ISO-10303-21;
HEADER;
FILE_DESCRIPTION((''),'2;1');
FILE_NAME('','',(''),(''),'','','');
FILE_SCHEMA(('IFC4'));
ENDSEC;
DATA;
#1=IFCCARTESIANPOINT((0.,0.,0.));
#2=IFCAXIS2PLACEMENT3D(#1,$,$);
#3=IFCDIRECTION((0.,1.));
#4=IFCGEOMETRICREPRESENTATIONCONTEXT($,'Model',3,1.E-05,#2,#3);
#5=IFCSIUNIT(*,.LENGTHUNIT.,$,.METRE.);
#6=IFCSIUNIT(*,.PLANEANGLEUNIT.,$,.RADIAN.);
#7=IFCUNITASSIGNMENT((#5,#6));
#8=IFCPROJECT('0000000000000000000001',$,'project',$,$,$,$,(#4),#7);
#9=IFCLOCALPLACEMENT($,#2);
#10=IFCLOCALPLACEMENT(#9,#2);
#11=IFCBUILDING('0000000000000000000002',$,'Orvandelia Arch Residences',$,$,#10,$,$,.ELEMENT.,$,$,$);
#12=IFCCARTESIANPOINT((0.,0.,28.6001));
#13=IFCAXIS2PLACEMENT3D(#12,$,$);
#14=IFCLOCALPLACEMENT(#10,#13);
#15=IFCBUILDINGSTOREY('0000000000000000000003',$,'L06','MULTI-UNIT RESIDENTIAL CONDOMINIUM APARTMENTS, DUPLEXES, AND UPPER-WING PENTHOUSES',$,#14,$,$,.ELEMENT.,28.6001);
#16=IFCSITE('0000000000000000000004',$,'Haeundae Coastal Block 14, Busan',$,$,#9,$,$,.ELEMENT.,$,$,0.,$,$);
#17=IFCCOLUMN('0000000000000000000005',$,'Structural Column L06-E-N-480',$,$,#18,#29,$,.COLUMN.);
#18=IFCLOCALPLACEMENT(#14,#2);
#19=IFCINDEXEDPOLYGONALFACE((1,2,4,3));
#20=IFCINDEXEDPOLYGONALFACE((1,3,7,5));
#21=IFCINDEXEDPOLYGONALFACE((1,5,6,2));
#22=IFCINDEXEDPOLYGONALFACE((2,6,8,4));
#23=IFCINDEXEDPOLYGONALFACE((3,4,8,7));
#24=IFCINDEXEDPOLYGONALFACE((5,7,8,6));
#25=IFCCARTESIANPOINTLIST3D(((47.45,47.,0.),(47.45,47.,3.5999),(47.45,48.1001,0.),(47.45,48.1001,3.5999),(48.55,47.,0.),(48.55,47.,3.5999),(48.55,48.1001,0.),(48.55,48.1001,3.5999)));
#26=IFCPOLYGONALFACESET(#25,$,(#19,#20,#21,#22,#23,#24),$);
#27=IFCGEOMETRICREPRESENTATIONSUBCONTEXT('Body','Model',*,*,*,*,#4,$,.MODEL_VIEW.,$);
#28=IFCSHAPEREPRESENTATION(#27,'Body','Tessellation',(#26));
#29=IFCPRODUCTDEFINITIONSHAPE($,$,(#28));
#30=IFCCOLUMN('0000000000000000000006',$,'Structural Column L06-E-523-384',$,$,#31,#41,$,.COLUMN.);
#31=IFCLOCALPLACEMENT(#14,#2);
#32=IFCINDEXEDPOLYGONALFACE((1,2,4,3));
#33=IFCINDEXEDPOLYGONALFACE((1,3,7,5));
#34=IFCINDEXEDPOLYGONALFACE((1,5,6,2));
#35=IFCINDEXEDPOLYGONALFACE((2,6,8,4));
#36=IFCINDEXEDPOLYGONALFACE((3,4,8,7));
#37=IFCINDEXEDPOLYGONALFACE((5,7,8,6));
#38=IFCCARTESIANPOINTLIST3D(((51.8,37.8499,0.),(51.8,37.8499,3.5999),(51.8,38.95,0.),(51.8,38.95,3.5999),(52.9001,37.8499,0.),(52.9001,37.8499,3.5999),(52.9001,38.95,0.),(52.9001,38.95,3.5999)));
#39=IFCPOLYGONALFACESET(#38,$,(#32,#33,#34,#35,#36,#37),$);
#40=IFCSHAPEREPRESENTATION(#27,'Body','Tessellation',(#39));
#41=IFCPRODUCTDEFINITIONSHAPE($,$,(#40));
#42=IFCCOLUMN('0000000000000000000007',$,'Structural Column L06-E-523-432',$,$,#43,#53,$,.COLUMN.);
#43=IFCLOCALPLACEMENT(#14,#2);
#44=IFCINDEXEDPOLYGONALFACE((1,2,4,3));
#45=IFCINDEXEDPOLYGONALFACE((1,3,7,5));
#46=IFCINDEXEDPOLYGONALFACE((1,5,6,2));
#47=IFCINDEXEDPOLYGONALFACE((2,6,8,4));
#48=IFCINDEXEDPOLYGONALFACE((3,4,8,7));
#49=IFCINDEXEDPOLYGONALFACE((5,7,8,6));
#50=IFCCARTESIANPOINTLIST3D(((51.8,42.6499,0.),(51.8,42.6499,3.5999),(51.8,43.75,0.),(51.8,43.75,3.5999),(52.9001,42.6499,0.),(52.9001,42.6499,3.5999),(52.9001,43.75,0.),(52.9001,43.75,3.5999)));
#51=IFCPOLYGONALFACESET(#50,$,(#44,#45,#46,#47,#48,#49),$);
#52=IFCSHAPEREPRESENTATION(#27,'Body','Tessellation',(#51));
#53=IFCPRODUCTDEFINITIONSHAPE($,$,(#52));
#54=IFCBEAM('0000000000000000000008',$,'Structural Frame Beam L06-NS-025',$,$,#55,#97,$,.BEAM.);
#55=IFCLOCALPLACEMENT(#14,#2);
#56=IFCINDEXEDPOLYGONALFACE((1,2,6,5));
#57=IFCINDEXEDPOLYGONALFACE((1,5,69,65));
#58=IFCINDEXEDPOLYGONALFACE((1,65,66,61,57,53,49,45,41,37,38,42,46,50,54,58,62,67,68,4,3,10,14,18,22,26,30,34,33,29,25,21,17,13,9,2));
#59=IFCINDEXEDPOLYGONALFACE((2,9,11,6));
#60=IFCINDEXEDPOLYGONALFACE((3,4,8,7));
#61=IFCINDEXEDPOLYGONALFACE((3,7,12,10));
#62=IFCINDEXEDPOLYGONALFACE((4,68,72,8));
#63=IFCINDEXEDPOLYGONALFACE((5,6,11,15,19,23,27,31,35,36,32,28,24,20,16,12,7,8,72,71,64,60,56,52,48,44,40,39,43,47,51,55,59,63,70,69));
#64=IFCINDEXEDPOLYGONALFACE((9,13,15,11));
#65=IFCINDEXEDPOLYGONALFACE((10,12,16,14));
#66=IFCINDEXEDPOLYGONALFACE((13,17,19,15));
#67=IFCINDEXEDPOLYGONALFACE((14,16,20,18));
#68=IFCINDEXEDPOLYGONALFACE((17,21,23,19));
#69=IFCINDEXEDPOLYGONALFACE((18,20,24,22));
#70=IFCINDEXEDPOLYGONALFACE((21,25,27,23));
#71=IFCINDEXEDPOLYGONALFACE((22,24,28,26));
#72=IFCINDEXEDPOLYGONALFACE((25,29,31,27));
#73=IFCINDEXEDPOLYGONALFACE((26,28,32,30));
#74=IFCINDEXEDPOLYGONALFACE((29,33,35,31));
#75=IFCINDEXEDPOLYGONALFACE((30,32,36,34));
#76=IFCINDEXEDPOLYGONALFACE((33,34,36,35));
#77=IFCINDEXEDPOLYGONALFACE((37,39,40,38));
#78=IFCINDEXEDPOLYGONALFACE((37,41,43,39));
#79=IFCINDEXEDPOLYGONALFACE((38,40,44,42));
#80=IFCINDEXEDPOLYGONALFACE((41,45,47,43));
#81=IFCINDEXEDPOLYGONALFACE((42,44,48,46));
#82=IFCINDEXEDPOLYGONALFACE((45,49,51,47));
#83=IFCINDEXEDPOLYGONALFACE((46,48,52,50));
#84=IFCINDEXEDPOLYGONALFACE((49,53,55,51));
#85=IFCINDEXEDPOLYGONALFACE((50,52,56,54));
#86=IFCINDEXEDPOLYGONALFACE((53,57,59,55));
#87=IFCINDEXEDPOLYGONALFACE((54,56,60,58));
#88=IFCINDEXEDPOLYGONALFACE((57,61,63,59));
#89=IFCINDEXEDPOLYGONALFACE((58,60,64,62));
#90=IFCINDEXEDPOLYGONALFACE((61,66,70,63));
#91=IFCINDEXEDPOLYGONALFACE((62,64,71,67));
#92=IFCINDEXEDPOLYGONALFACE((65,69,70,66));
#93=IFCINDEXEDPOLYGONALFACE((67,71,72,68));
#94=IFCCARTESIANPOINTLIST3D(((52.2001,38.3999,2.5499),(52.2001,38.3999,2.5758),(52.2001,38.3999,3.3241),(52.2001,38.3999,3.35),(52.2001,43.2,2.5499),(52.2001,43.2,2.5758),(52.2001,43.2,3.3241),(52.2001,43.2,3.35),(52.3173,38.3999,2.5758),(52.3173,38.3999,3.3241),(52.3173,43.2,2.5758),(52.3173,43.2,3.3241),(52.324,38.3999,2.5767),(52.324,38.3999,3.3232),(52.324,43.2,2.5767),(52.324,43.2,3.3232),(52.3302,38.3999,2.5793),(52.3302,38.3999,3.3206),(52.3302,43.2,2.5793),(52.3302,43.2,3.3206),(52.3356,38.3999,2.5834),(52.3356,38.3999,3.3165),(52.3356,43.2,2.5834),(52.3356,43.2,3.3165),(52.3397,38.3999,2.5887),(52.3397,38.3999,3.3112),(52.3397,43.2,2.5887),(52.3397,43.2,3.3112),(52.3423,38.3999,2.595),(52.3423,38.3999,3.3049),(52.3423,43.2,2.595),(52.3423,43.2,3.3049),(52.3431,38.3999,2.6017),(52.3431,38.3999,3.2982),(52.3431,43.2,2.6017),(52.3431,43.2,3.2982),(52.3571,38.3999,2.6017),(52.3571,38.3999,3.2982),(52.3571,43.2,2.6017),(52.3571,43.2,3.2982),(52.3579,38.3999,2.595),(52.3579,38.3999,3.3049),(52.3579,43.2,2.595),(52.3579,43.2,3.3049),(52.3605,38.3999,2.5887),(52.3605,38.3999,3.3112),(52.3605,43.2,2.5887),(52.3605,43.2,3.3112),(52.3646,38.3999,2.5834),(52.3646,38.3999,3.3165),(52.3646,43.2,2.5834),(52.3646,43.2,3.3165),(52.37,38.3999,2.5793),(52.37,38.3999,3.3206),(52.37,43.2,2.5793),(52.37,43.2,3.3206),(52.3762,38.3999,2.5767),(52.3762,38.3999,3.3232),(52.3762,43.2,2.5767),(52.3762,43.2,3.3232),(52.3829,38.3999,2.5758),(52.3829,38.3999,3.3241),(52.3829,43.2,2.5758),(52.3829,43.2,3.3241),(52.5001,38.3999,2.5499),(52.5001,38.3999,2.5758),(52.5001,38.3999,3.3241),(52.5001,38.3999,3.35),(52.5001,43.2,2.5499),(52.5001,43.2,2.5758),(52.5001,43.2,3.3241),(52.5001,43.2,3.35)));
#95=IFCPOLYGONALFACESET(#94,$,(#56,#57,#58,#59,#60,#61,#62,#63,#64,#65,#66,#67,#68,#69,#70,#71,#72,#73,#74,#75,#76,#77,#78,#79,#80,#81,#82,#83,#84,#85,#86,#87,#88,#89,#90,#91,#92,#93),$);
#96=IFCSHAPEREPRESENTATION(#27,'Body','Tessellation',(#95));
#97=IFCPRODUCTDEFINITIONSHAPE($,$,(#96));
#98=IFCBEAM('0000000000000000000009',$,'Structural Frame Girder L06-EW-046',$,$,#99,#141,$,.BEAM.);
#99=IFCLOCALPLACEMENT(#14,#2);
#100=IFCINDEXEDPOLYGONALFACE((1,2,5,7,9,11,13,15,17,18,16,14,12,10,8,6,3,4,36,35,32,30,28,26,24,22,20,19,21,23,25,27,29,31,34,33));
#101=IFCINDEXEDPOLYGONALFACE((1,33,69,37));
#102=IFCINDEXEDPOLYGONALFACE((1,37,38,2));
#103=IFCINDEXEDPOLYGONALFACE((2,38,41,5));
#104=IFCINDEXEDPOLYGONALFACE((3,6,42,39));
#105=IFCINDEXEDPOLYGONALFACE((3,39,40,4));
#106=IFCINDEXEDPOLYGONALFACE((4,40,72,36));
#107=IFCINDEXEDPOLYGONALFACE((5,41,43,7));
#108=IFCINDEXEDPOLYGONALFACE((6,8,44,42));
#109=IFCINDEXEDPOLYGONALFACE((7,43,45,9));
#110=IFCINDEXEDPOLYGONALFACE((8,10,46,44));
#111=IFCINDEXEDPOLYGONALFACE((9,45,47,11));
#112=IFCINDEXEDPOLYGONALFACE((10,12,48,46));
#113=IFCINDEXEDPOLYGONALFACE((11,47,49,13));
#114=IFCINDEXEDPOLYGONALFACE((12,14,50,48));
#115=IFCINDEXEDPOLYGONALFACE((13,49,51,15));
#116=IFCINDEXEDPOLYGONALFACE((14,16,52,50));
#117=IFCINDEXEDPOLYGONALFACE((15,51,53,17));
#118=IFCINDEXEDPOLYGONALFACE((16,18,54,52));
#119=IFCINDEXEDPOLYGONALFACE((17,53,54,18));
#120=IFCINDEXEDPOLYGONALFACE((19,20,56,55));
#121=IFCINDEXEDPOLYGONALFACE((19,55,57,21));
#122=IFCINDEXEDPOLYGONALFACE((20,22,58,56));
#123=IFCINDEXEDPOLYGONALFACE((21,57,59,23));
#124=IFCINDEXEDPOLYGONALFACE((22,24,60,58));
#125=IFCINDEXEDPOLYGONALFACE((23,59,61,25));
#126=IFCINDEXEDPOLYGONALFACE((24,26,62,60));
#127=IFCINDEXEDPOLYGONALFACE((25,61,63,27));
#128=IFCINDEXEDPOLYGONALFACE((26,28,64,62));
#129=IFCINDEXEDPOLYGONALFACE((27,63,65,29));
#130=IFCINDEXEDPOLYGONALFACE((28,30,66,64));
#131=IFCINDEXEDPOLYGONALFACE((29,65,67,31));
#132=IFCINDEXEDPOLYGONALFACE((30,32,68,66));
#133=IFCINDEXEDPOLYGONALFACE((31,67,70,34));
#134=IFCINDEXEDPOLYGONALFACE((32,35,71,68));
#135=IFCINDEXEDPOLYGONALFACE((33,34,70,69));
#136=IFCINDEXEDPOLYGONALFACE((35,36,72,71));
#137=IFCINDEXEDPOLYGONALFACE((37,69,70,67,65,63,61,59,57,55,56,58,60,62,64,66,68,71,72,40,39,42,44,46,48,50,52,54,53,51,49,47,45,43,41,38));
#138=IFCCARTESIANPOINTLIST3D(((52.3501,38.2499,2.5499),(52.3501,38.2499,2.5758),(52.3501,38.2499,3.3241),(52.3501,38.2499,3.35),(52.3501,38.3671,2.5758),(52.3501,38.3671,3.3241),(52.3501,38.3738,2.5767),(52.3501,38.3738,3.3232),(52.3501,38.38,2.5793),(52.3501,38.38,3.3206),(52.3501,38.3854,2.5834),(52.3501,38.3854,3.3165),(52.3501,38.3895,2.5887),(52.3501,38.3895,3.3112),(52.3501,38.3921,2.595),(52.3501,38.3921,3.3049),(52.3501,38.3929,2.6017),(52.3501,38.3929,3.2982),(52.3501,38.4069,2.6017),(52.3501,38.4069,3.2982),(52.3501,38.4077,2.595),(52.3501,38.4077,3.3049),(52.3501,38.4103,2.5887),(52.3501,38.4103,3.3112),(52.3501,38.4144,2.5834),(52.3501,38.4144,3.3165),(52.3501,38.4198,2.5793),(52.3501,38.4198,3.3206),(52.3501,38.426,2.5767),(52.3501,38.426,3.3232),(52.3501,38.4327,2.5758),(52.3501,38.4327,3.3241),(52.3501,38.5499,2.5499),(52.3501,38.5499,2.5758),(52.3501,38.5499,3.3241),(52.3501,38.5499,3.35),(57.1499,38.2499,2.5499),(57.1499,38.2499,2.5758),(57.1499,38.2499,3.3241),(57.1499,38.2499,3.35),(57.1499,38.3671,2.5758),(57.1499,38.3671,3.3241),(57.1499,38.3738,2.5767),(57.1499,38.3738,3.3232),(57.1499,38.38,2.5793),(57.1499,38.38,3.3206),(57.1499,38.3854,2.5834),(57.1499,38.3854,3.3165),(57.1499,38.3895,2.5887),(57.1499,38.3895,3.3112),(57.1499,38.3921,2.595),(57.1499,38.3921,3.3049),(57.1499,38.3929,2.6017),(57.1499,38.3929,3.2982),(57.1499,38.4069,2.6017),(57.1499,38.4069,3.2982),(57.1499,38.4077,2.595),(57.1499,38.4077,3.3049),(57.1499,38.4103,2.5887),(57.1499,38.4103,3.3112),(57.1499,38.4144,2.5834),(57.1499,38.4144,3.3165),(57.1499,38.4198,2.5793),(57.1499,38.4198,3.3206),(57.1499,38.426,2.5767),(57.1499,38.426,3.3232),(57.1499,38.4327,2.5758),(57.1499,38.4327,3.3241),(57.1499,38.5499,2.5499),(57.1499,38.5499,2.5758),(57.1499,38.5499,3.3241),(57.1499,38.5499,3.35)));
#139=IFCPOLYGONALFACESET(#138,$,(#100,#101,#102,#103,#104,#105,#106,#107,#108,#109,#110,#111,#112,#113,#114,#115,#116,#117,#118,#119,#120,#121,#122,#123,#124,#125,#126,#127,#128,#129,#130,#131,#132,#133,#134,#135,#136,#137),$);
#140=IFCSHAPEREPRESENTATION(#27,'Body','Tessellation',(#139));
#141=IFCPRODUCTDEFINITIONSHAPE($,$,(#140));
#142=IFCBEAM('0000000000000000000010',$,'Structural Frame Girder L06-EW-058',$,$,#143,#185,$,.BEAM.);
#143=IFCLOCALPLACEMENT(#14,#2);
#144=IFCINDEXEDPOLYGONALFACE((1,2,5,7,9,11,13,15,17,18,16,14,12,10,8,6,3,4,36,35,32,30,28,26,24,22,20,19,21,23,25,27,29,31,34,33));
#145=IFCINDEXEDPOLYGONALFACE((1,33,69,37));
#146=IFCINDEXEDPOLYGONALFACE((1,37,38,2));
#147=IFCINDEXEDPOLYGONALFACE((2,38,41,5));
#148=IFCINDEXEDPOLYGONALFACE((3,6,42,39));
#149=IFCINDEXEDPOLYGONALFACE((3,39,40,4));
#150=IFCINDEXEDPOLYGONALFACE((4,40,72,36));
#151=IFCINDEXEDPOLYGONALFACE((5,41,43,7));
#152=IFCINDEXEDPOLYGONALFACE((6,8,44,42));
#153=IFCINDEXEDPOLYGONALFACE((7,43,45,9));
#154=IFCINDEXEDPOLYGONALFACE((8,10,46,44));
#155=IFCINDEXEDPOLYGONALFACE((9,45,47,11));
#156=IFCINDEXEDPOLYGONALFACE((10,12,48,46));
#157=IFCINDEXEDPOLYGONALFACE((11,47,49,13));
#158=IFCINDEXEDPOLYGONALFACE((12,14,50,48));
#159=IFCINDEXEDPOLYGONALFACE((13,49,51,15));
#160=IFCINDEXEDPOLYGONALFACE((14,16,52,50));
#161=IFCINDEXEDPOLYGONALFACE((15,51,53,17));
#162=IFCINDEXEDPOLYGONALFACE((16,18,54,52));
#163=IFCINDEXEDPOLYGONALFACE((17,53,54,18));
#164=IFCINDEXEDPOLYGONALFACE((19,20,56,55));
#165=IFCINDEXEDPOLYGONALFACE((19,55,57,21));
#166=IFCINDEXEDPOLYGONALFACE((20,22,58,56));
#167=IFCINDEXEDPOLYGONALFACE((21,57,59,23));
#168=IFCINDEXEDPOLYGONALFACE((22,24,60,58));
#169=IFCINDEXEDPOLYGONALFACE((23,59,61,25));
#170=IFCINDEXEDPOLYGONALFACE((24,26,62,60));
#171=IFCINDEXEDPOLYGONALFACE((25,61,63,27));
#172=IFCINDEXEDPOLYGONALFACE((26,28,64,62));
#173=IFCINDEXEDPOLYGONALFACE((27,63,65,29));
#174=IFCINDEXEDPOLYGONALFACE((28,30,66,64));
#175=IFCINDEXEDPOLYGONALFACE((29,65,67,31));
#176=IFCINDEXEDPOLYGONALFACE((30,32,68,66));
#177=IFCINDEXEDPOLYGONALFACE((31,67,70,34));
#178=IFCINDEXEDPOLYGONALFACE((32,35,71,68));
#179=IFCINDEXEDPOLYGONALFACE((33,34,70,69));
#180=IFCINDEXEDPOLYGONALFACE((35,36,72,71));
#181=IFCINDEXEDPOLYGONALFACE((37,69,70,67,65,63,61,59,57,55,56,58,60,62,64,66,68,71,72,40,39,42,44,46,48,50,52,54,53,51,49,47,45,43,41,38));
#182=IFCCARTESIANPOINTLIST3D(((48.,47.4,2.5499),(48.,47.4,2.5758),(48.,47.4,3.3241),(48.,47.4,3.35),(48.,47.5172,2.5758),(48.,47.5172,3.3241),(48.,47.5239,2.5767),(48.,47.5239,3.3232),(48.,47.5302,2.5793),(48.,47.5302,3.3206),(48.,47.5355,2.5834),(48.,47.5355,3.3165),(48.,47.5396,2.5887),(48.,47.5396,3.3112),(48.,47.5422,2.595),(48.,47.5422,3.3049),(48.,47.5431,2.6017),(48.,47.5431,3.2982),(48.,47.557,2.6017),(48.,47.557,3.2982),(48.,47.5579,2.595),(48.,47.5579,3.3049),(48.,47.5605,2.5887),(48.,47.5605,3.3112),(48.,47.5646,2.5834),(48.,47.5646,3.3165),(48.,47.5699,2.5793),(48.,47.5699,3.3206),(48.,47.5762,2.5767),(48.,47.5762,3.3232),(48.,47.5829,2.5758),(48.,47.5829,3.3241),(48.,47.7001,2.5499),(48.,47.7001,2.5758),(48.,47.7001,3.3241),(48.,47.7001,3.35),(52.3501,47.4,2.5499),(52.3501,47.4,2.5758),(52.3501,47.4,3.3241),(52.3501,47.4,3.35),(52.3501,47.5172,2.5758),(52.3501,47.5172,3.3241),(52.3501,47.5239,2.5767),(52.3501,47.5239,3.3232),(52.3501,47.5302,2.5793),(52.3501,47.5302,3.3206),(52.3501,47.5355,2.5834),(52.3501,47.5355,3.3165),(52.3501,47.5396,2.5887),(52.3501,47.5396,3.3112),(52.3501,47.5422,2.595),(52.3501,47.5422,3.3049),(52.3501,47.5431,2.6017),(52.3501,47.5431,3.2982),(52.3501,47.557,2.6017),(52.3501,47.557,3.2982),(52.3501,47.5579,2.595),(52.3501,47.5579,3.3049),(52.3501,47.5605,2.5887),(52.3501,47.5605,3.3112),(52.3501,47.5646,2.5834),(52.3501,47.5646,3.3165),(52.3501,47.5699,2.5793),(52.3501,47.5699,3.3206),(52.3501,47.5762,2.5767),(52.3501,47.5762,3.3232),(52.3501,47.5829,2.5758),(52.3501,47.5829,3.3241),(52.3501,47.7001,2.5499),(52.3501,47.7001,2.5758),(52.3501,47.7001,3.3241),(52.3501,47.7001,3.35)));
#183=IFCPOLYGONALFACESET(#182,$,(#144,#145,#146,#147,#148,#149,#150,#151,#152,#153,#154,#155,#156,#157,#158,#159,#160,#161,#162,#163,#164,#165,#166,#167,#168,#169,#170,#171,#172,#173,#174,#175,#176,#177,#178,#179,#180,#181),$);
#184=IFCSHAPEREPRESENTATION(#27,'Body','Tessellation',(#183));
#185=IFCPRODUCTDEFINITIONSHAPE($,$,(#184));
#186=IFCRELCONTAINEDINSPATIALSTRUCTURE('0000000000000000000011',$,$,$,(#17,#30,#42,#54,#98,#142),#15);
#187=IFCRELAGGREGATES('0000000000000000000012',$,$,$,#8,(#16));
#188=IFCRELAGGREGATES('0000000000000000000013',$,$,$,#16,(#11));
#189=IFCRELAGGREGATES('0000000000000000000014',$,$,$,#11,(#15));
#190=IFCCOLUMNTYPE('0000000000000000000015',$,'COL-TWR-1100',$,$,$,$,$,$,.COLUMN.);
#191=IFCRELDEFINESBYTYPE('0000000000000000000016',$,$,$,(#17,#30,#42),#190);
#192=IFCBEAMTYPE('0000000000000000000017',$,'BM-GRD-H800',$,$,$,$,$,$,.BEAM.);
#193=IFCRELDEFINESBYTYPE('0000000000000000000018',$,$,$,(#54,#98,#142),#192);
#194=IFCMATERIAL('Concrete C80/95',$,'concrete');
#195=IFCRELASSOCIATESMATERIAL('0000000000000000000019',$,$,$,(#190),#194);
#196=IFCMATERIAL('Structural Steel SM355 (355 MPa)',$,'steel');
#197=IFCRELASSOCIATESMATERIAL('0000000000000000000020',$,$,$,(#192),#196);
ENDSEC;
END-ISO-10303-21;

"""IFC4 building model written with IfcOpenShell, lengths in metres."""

from ifc_helpers import new_model, si_unit, direction, frame, origin, origin_2d, place, context, subcontext, project, spatial, rectangle, i_section, extrude, material, material_profile, profile_set, type_object, element, save


model = new_model("IFC4")

# Units and contexts
model_context = context("Model", 3, precision=1e-05, world=origin(), true_north=direction((0.0, 1.0)))
body_context = subcontext(model_context, "Body", "Model", "MODEL_VIEW")
ifc_project = project(units=[si_unit("LENGTHUNIT", "METRE"), si_unit("PLANEANGLEUNIT", "RADIAN")], contexts=[model_context])

# Site, building, storey
site_placement = place(None, origin())
site = spatial("IfcSite", under=ifc_project, at=site_placement, Name="Haeundae Coastal Block 14, Busan", CompositionType="ELEMENT", RefElevation=0.0)
building_placement = place(site_placement, origin())
building = spatial("IfcBuilding", under=site, at=building_placement, Name="Orvandelia Arch Residences", CompositionType="ELEMENT")
storey_placement = place(building_placement, frame((0.0, 0.0, 28.6001)))
storey = spatial("IfcBuildingStorey", under=building, at=storey_placement, Name="L06", Description="MULTI-UNIT RESIDENTIAL CONDOMINIUM APARTMENTS, DUPLEXES, AND UPPER-WING PENTHOUSES", CompositionType="ELEMENT", Elevation=28.6001)

# Columns
ifc_material_1 = material(Name="Concrete C80/95", Category="concrete")
ifc_material_profile_1 = material_profile(ifc_material_1, rectangle(XDim=1.1001, YDim=1.1001, at=origin_2d()), Name="Concrete C80/95", Category="concrete")
ifc_profile_set_1 = profile_set([ifc_material_profile_1], Name="Concrete C80/95")
column_type = type_object("IfcColumnType", Name="COL-TWR-1100", PredefinedType="COLUMN", material=ifc_profile_set_1)
for number, where, z_axis, x_axis, name in (
    (1, (48.0, 47.55, 0.0), (0.0, 0.0, 1.0), (1.0, 0.0, 0.0), "Structural Column L06-E-N-480"),
    (2, (52.3501, 38.3999, 0.0), (0.0, 0.0, 1.0), (1.0, 0.0, 0.0), "Structural Column L06-E-523-384"),
    (3, (52.3501, 43.2, 0.0), (0.0, 0.0, 1.0), (1.0, 0.0, 0.0), "Structural Column L06-E-523-432"),
):
    element("IfcColumn", number, at=place(storey_placement, frame(where, z_axis=z_axis, x_axis=x_axis)), inside=storey, type_object=column_type, Name=name, PredefinedType="COLUMN", context=body_context, shape_type="SweptSolid", body=[
        extrude(rectangle(XDim=1.1001, YDim=1.1001, at=origin_2d()), origin(), (0.0, 0.0, 1.0), 3.5999),
    ])

# Beams
ifc_material_2 = material(Name="Structural Steel SM355 (355 MPa)", Category="steel")
ifc_material_profile_2 = material_profile(ifc_material_2, i_section(OverallWidth=0.3, OverallDepth=0.8, WebThickness=0.0139, FlangeThickness=0.0259, FilletRadius=0.0259, at=origin_2d()), Name="Structural Steel SM355 (355 MPa)", Category="steel")
ifc_profile_set_2 = profile_set([ifc_material_profile_2], Name="Structural Steel SM355 (355 MPa)")
beam_type = type_object("IfcBeamType", Name="BM-GRD-H800", PredefinedType="BEAM", material=ifc_profile_set_2)
beam_1_placement = place(storey_placement, frame((52.3501, 38.3999, 2.95), z_axis=(0.0, 1.0, 0.0), x_axis=(-1.0, 0.0, 0.0)))
element("IfcBeam", 4, at=beam_1_placement, inside=storey, type_object=beam_type, Name="Structural Frame Beam L06-NS-025", PredefinedType="BEAM", context=body_context, shape_type="SweptSolid", body=[
    extrude(i_section(OverallWidth=0.3, OverallDepth=0.8, WebThickness=0.0139, FlangeThickness=0.0259, FilletRadius=0.0259, at=origin_2d()), origin(), (0.0, 0.0, 1.0), 4.8),
])
beam_2_placement = place(storey_placement, frame((52.3501, 38.3999, 2.95), z_axis=(1.0, 0.0, 0.0), x_axis=(0.0, 1.0, 0.0)))
element("IfcBeam", 5, at=beam_2_placement, inside=storey, type_object=beam_type, Name="Structural Frame Girder L06-EW-046", PredefinedType="BEAM", context=body_context, shape_type="SweptSolid", body=[
    extrude(i_section(OverallWidth=0.3, OverallDepth=0.8, WebThickness=0.0139, FlangeThickness=0.0259, FilletRadius=0.0259, at=origin_2d()), origin(), (0.0, 0.0, 1.0), 4.7998),
])
beam_3_placement = place(storey_placement, frame((48.0, 47.55, 2.95), z_axis=(1.0, 0.0, 0.0), x_axis=(0.0, 1.0, 0.0)))
element("IfcBeam", 6, at=beam_3_placement, inside=storey, type_object=beam_type, Name="Structural Frame Girder L06-EW-058", PredefinedType="BEAM", context=body_context, shape_type="SweptSolid", body=[
    extrude(i_section(OverallWidth=0.3, OverallDepth=0.8, WebThickness=0.0139, FlangeThickness=0.0259, FilletRadius=0.0259, at=origin_2d()), origin(), (0.0, 0.0, 1.0), 4.3501),
])

save(model, "model.ifc")
